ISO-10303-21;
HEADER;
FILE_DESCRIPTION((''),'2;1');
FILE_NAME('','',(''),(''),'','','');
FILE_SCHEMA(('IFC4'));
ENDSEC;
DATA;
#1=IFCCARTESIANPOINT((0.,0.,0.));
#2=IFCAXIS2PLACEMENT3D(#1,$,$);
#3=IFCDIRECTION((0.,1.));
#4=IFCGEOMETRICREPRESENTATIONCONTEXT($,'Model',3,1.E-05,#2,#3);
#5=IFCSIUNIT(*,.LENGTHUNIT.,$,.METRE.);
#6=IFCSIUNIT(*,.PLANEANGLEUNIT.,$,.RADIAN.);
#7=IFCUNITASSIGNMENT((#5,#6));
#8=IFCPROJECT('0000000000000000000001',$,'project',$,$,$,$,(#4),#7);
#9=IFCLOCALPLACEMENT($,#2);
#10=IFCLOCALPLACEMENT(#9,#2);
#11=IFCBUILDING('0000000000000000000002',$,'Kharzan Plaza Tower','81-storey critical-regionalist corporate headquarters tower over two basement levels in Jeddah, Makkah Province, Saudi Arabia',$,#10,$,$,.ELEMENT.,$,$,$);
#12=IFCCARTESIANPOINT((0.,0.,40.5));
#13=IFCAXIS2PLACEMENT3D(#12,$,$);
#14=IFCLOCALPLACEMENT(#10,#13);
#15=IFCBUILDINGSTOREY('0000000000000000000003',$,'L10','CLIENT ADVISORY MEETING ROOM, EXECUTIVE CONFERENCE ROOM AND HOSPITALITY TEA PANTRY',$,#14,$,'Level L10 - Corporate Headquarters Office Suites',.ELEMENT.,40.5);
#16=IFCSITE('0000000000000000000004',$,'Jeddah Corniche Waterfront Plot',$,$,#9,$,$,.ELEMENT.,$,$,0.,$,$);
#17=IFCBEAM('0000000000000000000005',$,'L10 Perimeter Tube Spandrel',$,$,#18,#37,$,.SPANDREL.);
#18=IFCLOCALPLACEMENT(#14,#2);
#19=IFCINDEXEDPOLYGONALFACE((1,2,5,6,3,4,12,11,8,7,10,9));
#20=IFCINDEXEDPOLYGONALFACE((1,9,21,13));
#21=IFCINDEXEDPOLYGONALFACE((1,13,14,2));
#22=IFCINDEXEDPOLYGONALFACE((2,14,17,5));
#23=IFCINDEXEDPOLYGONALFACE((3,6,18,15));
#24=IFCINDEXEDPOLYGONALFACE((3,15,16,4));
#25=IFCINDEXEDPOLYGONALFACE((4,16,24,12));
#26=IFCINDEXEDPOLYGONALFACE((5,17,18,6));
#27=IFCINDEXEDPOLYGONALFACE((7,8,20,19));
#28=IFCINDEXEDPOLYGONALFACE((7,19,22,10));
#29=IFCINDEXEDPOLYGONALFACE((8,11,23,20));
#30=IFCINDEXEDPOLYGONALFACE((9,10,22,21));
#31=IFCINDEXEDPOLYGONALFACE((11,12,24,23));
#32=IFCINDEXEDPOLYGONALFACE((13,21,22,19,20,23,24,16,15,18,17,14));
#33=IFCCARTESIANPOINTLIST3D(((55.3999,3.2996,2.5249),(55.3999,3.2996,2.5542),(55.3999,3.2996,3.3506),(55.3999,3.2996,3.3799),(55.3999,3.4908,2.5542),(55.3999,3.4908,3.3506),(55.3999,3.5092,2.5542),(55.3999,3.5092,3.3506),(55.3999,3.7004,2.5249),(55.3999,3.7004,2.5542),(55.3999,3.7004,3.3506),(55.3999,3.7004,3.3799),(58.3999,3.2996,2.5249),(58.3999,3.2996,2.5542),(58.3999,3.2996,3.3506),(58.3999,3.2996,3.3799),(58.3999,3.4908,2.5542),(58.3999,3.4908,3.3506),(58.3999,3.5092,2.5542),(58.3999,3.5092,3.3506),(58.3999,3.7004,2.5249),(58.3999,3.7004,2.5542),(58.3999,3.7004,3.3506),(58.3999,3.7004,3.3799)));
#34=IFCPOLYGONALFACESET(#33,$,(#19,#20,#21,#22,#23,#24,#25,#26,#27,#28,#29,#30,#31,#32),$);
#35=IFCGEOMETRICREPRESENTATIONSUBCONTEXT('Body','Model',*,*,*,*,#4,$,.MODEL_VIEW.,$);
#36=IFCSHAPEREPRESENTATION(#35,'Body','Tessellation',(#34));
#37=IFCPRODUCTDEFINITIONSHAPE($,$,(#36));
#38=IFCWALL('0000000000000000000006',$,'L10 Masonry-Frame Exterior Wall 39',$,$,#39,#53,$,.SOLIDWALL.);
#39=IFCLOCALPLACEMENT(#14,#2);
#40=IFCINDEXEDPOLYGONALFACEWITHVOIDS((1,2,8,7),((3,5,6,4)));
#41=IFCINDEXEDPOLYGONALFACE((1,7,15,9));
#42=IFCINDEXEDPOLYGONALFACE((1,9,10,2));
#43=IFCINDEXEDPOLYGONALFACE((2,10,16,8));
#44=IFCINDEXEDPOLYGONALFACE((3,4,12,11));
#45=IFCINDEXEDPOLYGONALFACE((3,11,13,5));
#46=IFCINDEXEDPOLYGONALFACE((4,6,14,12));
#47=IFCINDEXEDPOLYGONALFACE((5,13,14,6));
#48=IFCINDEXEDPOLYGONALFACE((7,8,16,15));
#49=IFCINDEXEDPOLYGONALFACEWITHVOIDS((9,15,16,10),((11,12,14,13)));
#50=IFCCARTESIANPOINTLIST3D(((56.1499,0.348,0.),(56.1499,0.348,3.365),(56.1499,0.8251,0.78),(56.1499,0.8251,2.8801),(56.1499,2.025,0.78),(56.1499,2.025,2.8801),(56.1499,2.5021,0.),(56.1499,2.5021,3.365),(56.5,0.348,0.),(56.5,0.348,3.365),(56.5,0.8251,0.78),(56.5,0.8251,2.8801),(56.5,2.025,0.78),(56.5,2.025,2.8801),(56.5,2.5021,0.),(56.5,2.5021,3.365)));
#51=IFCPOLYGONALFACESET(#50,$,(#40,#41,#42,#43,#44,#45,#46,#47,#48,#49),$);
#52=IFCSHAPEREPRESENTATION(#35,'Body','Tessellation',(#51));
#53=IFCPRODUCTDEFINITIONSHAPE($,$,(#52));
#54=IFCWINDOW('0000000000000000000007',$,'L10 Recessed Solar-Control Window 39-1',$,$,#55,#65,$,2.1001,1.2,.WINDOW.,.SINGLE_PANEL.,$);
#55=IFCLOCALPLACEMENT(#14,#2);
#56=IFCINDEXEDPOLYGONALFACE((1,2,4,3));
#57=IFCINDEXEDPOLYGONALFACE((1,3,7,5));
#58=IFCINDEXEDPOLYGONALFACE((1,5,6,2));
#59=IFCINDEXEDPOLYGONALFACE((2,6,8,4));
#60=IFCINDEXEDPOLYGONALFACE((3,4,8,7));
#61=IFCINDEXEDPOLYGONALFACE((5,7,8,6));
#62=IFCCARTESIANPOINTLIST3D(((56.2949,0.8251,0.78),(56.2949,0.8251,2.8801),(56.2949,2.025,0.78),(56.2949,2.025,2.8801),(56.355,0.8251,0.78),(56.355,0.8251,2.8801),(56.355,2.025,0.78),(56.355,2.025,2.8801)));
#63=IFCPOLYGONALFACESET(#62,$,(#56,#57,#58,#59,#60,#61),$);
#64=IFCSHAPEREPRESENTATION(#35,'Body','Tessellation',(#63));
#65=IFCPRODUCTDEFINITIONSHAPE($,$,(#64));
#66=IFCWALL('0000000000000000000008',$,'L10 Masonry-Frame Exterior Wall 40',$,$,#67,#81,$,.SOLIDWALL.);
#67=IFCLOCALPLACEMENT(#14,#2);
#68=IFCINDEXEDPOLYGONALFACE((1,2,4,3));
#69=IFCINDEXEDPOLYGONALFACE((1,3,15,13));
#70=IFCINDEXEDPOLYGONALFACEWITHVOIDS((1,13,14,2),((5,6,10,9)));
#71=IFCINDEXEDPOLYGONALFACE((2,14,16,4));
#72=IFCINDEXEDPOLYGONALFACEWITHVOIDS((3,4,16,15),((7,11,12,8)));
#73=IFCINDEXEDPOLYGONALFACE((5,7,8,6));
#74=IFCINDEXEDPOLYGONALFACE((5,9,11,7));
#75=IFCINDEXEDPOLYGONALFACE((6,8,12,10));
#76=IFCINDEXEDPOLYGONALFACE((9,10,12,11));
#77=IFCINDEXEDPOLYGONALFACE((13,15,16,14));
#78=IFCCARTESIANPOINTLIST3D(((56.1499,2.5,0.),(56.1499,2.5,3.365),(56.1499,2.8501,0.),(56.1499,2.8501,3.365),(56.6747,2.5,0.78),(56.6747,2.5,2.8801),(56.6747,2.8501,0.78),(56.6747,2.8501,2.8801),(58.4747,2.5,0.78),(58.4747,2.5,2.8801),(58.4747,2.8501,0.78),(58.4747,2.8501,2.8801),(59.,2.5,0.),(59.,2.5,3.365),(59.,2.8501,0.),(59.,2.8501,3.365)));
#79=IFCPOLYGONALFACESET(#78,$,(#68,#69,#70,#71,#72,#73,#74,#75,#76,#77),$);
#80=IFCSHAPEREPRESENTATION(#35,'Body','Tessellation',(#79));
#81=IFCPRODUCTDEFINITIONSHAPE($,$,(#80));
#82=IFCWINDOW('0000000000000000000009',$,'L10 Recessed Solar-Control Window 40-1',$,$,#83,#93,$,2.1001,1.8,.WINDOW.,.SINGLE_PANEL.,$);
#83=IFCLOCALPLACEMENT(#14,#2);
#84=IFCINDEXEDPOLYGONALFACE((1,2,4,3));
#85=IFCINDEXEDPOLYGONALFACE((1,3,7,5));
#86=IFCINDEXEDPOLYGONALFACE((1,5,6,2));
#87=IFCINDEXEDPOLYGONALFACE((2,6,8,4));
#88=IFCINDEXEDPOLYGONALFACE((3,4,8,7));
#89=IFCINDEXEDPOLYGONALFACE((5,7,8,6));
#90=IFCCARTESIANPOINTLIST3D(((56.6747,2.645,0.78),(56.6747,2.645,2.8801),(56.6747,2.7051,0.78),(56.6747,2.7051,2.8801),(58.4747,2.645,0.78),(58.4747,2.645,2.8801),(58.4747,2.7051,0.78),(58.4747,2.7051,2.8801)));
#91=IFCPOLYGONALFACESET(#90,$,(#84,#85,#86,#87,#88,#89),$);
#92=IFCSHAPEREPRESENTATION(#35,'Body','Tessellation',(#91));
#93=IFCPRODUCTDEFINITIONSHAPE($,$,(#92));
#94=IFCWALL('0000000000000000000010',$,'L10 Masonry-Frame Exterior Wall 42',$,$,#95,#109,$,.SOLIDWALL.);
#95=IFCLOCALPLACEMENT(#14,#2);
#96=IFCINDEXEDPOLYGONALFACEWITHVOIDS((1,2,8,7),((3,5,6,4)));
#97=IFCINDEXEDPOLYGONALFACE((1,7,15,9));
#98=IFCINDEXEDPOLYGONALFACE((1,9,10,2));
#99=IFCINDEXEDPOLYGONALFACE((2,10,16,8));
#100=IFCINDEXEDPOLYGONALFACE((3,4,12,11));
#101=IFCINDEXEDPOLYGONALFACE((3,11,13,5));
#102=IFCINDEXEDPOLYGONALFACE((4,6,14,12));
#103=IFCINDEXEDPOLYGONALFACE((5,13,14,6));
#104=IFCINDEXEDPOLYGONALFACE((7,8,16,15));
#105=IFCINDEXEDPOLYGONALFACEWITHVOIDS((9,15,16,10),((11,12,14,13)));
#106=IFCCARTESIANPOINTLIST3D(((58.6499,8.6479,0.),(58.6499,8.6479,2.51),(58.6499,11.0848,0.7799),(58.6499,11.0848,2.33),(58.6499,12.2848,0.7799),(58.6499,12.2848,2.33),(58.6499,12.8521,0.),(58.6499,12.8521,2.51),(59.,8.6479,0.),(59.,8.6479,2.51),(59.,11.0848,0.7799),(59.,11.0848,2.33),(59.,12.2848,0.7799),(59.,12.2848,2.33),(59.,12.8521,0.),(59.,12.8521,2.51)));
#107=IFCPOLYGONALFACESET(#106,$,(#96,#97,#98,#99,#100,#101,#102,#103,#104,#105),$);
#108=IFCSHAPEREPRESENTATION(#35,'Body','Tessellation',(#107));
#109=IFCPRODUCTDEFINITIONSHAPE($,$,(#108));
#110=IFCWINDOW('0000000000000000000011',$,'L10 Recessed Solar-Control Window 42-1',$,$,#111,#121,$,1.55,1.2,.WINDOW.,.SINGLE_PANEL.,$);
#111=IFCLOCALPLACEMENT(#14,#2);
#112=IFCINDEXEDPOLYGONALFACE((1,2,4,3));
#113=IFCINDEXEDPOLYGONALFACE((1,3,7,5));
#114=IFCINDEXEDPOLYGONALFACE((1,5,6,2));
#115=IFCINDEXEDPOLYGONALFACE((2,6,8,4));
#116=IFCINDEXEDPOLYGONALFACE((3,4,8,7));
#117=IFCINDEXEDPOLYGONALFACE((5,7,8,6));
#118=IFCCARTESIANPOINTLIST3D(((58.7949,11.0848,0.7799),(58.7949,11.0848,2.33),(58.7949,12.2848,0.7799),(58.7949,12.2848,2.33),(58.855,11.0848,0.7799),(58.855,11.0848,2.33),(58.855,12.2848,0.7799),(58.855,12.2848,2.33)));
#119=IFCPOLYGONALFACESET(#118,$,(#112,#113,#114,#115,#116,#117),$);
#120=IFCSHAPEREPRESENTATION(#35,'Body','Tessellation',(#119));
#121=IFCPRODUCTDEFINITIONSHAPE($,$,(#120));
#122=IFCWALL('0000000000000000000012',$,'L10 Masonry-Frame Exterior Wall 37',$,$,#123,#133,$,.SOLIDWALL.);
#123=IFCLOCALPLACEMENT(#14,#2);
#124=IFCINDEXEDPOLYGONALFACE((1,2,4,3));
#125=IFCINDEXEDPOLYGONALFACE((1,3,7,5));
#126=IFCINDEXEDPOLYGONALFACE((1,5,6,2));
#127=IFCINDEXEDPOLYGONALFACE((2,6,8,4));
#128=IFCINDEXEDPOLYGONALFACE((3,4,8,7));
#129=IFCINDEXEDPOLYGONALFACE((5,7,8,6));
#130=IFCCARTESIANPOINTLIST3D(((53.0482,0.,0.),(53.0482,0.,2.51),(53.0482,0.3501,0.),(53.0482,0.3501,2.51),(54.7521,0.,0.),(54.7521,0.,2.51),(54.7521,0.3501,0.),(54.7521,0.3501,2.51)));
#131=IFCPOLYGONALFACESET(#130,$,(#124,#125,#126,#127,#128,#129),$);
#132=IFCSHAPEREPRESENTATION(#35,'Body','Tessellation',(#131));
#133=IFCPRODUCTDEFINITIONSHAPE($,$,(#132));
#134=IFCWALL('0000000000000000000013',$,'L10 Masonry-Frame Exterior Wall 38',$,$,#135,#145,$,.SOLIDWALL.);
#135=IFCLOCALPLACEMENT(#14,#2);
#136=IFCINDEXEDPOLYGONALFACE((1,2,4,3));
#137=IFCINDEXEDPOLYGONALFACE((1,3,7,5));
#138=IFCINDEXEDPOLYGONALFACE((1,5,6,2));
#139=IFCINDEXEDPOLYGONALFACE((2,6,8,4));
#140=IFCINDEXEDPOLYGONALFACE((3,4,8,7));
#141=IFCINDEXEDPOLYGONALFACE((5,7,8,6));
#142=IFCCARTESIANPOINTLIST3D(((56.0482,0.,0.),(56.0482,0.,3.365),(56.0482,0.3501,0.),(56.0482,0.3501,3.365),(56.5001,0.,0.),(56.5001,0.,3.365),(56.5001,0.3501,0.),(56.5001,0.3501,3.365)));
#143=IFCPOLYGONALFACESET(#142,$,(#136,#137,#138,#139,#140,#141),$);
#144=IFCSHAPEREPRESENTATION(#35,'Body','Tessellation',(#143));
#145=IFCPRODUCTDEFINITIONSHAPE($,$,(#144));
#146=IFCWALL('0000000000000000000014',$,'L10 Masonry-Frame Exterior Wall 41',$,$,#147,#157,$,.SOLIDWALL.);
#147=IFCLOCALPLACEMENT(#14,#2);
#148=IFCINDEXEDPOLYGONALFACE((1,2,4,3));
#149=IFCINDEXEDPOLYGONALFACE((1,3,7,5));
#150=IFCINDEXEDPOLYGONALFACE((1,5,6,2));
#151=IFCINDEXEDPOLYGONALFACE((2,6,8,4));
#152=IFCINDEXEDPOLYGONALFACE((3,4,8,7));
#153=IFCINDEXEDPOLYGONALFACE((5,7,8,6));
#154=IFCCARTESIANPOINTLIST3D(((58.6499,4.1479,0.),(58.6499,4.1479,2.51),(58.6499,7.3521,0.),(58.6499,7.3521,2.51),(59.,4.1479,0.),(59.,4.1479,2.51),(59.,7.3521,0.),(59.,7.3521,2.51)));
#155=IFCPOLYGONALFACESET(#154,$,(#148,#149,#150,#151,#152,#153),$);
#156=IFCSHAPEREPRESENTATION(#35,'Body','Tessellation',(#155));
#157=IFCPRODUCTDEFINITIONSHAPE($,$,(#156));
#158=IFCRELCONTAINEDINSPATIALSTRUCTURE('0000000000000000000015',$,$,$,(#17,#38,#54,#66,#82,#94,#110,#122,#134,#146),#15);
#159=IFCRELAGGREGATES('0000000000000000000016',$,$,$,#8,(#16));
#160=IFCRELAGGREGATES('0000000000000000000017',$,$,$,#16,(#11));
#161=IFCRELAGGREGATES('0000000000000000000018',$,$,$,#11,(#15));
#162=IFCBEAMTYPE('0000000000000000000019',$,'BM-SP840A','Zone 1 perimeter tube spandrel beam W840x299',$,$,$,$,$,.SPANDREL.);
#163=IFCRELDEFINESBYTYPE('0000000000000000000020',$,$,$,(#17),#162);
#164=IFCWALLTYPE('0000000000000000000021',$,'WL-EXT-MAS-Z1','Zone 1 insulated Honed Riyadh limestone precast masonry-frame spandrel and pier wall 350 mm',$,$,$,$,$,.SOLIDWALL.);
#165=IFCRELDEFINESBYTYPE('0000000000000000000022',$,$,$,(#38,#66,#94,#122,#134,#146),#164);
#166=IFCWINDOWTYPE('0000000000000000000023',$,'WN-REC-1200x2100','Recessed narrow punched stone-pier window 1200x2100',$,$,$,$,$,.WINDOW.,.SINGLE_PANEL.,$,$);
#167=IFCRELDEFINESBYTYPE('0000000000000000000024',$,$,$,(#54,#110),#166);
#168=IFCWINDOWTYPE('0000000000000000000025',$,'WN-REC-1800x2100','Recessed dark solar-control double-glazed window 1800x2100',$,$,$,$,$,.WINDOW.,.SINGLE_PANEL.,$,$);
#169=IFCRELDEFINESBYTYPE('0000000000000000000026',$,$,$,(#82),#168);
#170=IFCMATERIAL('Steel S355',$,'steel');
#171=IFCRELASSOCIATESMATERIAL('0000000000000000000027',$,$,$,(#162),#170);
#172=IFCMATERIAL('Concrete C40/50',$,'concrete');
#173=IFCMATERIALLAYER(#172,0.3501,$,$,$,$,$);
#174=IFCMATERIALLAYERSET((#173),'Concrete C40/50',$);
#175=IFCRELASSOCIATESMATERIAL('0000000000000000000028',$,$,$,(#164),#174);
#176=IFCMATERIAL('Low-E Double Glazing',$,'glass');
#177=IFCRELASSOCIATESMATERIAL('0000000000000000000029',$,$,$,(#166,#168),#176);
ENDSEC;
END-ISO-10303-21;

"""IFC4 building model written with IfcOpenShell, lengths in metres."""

from ifc_helpers import new_model, si_unit, direction, frame, frame_2d, origin, origin_2d, place, context, subcontext, project, spatial, rectangle, i_section, extrude, source, transform, mapped, material, layer, layer_set, material_profile, profile_set, type_object, element, fill, save


model = new_model("IFC4")

# Units and contexts
model_context = context("Model", 3, precision=1e-05, world=origin(), true_north=direction((0.0, 1.0)))
body_context = subcontext(model_context, "Body", "Model", "MODEL_VIEW")
ifc_project = project(units=[si_unit("LENGTHUNIT", "METRE"), si_unit("PLANEANGLEUNIT", "RADIAN")], contexts=[model_context])

# Site, building, storey
site_placement = place(None, origin())
site = spatial("IfcSite", under=ifc_project, at=site_placement, Name="Jeddah Corniche Waterfront Plot", CompositionType="ELEMENT", RefElevation=0.0)
building_placement = place(site_placement, origin())
building = spatial("IfcBuilding", under=site, at=building_placement, Name="Kharzan Plaza Tower", Description="81-storey critical-regionalist corporate headquarters tower over two basement levels in Jeddah, Makkah Province, Saudi Arabia", CompositionType="ELEMENT")
storey_placement = place(building_placement, frame((0.0, 0.0, 40.5)))
storey = spatial("IfcBuildingStorey", under=building, at=storey_placement, Name="L10", Description="CLIENT ADVISORY MEETING ROOM, EXECUTIVE CONFERENCE ROOM AND HOSPITALITY TEA PANTRY", LongName="Level L10 - Corporate Headquarters Office Suites", CompositionType="ELEMENT", Elevation=40.5)

# Beam
ifc_material_1 = material(Name="Steel S355", Category="steel")
ifc_material_profile_1 = material_profile(ifc_material_1, i_section(OverallWidth=0.4009, OverallDepth=0.855, WebThickness=0.0183, FlangeThickness=0.0293, at=origin_2d()), Name="W840x299")
ifc_profile_set_1 = profile_set([ifc_material_profile_1], Name="Steel S355")
beam_type_1 = type_object("IfcBeamType", Name="BM-SP840A", Description="Zone 1 perimeter tube spandrel beam W840x299", PredefinedType="SPANDREL", material=ifc_profile_set_1)
shared_shape_1 = source(origin(), body_context, "Body", "SweptSolid", [
    extrude(i_section(OverallWidth=0.4009, OverallDepth=0.855, WebThickness=0.0183, FlangeThickness=0.0293, at=origin_2d()), origin(), (0.0, 0.0, 1.0), 3.0),
])
for number, where, z_axis, x_axis, name in (
    (1, (55.3999, 3.5, 2.9524), (1.0, 0.0, 0.0), (0.0, 1.0, 0.0), "L10 Perimeter Tube Spandrel"),
):
    element("IfcBeam", number, at=place(storey_placement, frame(where, z_axis=z_axis, x_axis=x_axis)), inside=storey, type_object=beam_type_1, Name=name, PredefinedType="SPANDREL", context=body_context, shape_type="MappedRepresentation", body=[
        mapped(shared_shape_1, transform((0.0, 0.0, 0.0), x_axis=(1.0, 0.0, 0.0), y_axis=(0.0, 1.0, 0.0), z_axis=(0.0, 0.0, 1.0))),
    ])

# Walls, openings, windows
ifc_material_2 = material(Name="Concrete C40/50", Category="concrete")
ifc_layer = layer(ifc_material_2, 0.3501)
ifc_layer_set = layer_set([ifc_layer], Name="Concrete C40/50")
wall_type = type_object("IfcWallType", Name="WL-EXT-MAS-Z1", Description="Zone 1 insulated Honed Riyadh limestone precast masonry-frame spandrel and pier wall 350 mm", PredefinedType="SOLIDWALL", material=ifc_layer_set)
wall_1_placement = place(storey_placement, frame((56.325, 0.3479, 0.0), z_axis=(0.0, 0.0, 1.0), x_axis=(0.0, 1.0, 0.0)))
wall_1 = element("IfcWall", 2, at=wall_1_placement, inside=storey, type_object=wall_type, Name="L10 Masonry-Frame Exterior Wall 39", PredefinedType="SOLIDWALL", context=body_context, shape_type="SweptSolid", body=[
    extrude(rectangle(XDim=2.1541, YDim=0.3501, at=frame_2d((1.0771, 0.0))), origin(), (0.0, 0.0, 1.0), 3.365),
])
opening_1_placement = place(wall_1_placement, frame((0.4771, 0.0, 0.78)))
opening_1 = element("IfcOpeningElement", 3, at=opening_1_placement, cuts=wall_1, PredefinedType="OPENING", context=body_context, shape_type="SweptSolid", body=[
    extrude(rectangle(XDim=1.2, YDim=2.1001, at=frame_2d((0.6001, 1.05))), frame((0.0, 0.1851, 0.0), z_axis=(0.0, -1.0, 0.0), x_axis=(1.0, 0.0, 0.0)), (0.0, 0.0, 1.0), 0.3701),
])
ifc_material_3 = material(Name="Low-E Double Glazing", Category="glass")
window_type_1 = type_object("IfcWindowType", Name="WN-REC-1200x2100", Description="Recessed narrow punched stone-pier window 1200x2100", PartitioningType="SINGLE_PANEL", PredefinedType="WINDOW", material=ifc_material_3)
shared_shape_2 = source(origin(), body_context, "Body", "SweptSolid", [
    extrude(rectangle(XDim=1.2, YDim=2.1001, at=frame_2d((0.6001, 1.05))), frame((0.0, 0.03, 0.0), z_axis=(0.0, -1.0, 0.0), x_axis=(1.0, 0.0, 0.0)), (0.0, 0.0, 1.0), 0.0601),
])
window_1_placement = place(opening_1_placement, origin())
window_1 = element("IfcWindow", 4, at=window_1_placement, inside=storey, type_object=window_type_1, Name="L10 Recessed Solar-Control Window 39-1", OverallHeight=2.1001, OverallWidth=1.2, PartitioningType="SINGLE_PANEL", PredefinedType="WINDOW", context=body_context, shape_type="MappedRepresentation", body=[
    mapped(shared_shape_2, transform((0.0, 0.0, 0.0), x_axis=(1.0, 0.0, 0.0), y_axis=(0.0, 1.0, 0.0), z_axis=(0.0, 0.0, 1.0))),
])
fill(opening_1, window_1)
wall_2_placement = place(storey_placement, frame((56.1499, 2.675, 0.0), z_axis=(0.0, 0.0, 1.0), x_axis=(1.0, 0.0, 0.0)))
wall_2 = element("IfcWall", 5, at=wall_2_placement, inside=storey, type_object=wall_type, Name="L10 Masonry-Frame Exterior Wall 40", PredefinedType="SOLIDWALL", context=body_context, shape_type="SweptSolid", body=[
    extrude(rectangle(XDim=2.8501, YDim=0.3501, at=frame_2d((1.425, 0.0))), origin(), (0.0, 0.0, 1.0), 3.365),
])
opening_2_placement = place(wall_2_placement, frame((0.5249, 0.0, 0.78)))
opening_2 = element("IfcOpeningElement", 6, at=opening_2_placement, cuts=wall_2, PredefinedType="OPENING", context=body_context, shape_type="SweptSolid", body=[
    extrude(rectangle(XDim=1.8, YDim=2.1001, at=frame_2d((0.8999, 1.05))), frame((0.0, 0.1851, 0.0), z_axis=(0.0, -1.0, 0.0), x_axis=(1.0, 0.0, 0.0)), (0.0, 0.0, 1.0), 0.3701),
])
window_type_2 = type_object("IfcWindowType", Name="WN-REC-1800x2100", Description="Recessed dark solar-control double-glazed window 1800x2100", PartitioningType="SINGLE_PANEL", PredefinedType="WINDOW", material=ifc_material_3)
shared_shape_3 = source(origin(), body_context, "Body", "SweptSolid", [
    extrude(rectangle(XDim=1.8, YDim=2.1001, at=frame_2d((0.8999, 1.05))), frame((0.0, 0.03, 0.0), z_axis=(0.0, -1.0, 0.0), x_axis=(1.0, 0.0, 0.0)), (0.0, 0.0, 1.0), 0.0601),
])
window_2_placement = place(opening_2_placement, origin())
window_2 = element("IfcWindow", 7, at=window_2_placement, inside=storey, type_object=window_type_2, Name="L10 Recessed Solar-Control Window 40-1", OverallHeight=2.1001, OverallWidth=1.8, PartitioningType="SINGLE_PANEL", PredefinedType="WINDOW", context=body_context, shape_type="MappedRepresentation", body=[
    mapped(shared_shape_3, transform((0.0, 0.0, 0.0), x_axis=(1.0, 0.0, 0.0), y_axis=(0.0, 1.0, 0.0), z_axis=(0.0, 0.0, 1.0))),
])
fill(opening_2, window_2)
wall_3_placement = place(storey_placement, frame((58.825, 8.6479, 0.0), z_axis=(0.0, 0.0, 1.0), x_axis=(0.0, 1.0, 0.0)))
wall_3 = element("IfcWall", 8, at=wall_3_placement, inside=storey, type_object=wall_type, Name="L10 Masonry-Frame Exterior Wall 42", PredefinedType="SOLIDWALL", context=body_context, shape_type="SweptSolid", body=[
    extrude(rectangle(XDim=4.2041, YDim=0.3501, at=frame_2d((2.1021, 0.0))), origin(), (0.0, 0.0, 1.0), 2.51),
])
opening_3_placement = place(wall_3_placement, frame((2.4368, 0.0, 0.78)))
opening_3 = element("IfcOpeningElement", 9, at=opening_3_placement, cuts=wall_3, PredefinedType="OPENING", context=body_context, shape_type="SweptSolid", body=[
    extrude(rectangle(XDim=1.2, YDim=1.55, at=frame_2d((0.6001, 0.7749))), frame((0.0, 0.1851, 0.0), z_axis=(0.0, -1.0, 0.0), x_axis=(1.0, 0.0, 0.0)), (0.0, 0.0, 1.0), 0.3701),
])
shared_shape_4 = source(origin(), body_context, "Body", "SweptSolid", [
    extrude(rectangle(XDim=1.2, YDim=1.55, at=frame_2d((0.6001, 0.7749))), frame((0.0, 0.03, 0.0), z_axis=(0.0, -1.0, 0.0), x_axis=(1.0, 0.0, 0.0)), (0.0, 0.0, 1.0), 0.0601),
])
window_3_placement = place(opening_3_placement, origin())
window_3 = element("IfcWindow", 10, at=window_3_placement, inside=storey, type_object=window_type_1, Name="L10 Recessed Solar-Control Window 42-1", OverallHeight=1.55, OverallWidth=1.2, PartitioningType="SINGLE_PANEL", PredefinedType="WINDOW", context=body_context, shape_type="MappedRepresentation", body=[
    mapped(shared_shape_4, transform((0.0, 0.0, 0.0), x_axis=(1.0, 0.0, 0.0), y_axis=(0.0, 1.0, 0.0), z_axis=(0.0, 0.0, 1.0))),
])
fill(opening_3, window_3)

# Walls
shared_shape_5 = source(origin(), body_context, "Body", "SweptSolid", [
    extrude(rectangle(XDim=1.7039, YDim=0.3501, at=frame_2d((0.8521, 0.0))), origin(), (0.0, 0.0, 1.0), 2.51),
])
wall_4_placement = place(storey_placement, frame((53.0481, 0.175, 0.0), z_axis=(0.0, 0.0, 1.0), x_axis=(1.0, 0.0, 0.0)))
element("IfcWall", 11, at=wall_4_placement, inside=storey, type_object=wall_type, Name="L10 Masonry-Frame Exterior Wall 37", PredefinedType="SOLIDWALL", context=body_context, shape_type="MappedRepresentation", body=[
    mapped(shared_shape_5, transform((0.0, 0.0, 0.0), x_axis=(1.0, 0.0, 0.0), y_axis=(0.0, 1.0, 0.0), z_axis=(0.0, 0.0, 1.0))),
])
shared_shape_6 = source(origin(), body_context, "Body", "SweptSolid", [
    extrude(rectangle(XDim=0.4519, YDim=0.3501, at=frame_2d((0.2261, 0.0))), origin(), (0.0, 0.0, 1.0), 3.365),
])
wall_5_placement = place(storey_placement, frame((56.0481, 0.175, 0.0), z_axis=(0.0, 0.0, 1.0), x_axis=(1.0, 0.0, 0.0)))
element("IfcWall", 12, at=wall_5_placement, inside=storey, type_object=wall_type, Name="L10 Masonry-Frame Exterior Wall 38", PredefinedType="SOLIDWALL", context=body_context, shape_type="MappedRepresentation", body=[
    mapped(shared_shape_6, transform((0.0, 0.0, 0.0), x_axis=(1.0, 0.0, 0.0), y_axis=(0.0, 1.0, 0.0), z_axis=(0.0, 0.0, 1.0))),
])
shared_shape_7 = source(origin(), body_context, "Body", "SweptSolid", [
    extrude(rectangle(XDim=3.2041, YDim=0.3501, at=frame_2d((1.6021, 0.0))), origin(), (0.0, 0.0, 1.0), 2.51),
])
wall_6_placement = place(storey_placement, frame((58.825, 4.1479, 0.0), z_axis=(0.0, 0.0, 1.0), x_axis=(0.0, 1.0, 0.0)))
element("IfcWall", 13, at=wall_6_placement, inside=storey, type_object=wall_type, Name="L10 Masonry-Frame Exterior Wall 41", PredefinedType="SOLIDWALL", context=body_context, shape_type="MappedRepresentation", body=[
    mapped(shared_shape_7, transform((0.0, 0.0, 0.0), x_axis=(1.0, 0.0, 0.0), y_axis=(0.0, 1.0, 0.0), z_axis=(0.0, 0.0, 1.0))),
])

save(model, "model.ifc")
